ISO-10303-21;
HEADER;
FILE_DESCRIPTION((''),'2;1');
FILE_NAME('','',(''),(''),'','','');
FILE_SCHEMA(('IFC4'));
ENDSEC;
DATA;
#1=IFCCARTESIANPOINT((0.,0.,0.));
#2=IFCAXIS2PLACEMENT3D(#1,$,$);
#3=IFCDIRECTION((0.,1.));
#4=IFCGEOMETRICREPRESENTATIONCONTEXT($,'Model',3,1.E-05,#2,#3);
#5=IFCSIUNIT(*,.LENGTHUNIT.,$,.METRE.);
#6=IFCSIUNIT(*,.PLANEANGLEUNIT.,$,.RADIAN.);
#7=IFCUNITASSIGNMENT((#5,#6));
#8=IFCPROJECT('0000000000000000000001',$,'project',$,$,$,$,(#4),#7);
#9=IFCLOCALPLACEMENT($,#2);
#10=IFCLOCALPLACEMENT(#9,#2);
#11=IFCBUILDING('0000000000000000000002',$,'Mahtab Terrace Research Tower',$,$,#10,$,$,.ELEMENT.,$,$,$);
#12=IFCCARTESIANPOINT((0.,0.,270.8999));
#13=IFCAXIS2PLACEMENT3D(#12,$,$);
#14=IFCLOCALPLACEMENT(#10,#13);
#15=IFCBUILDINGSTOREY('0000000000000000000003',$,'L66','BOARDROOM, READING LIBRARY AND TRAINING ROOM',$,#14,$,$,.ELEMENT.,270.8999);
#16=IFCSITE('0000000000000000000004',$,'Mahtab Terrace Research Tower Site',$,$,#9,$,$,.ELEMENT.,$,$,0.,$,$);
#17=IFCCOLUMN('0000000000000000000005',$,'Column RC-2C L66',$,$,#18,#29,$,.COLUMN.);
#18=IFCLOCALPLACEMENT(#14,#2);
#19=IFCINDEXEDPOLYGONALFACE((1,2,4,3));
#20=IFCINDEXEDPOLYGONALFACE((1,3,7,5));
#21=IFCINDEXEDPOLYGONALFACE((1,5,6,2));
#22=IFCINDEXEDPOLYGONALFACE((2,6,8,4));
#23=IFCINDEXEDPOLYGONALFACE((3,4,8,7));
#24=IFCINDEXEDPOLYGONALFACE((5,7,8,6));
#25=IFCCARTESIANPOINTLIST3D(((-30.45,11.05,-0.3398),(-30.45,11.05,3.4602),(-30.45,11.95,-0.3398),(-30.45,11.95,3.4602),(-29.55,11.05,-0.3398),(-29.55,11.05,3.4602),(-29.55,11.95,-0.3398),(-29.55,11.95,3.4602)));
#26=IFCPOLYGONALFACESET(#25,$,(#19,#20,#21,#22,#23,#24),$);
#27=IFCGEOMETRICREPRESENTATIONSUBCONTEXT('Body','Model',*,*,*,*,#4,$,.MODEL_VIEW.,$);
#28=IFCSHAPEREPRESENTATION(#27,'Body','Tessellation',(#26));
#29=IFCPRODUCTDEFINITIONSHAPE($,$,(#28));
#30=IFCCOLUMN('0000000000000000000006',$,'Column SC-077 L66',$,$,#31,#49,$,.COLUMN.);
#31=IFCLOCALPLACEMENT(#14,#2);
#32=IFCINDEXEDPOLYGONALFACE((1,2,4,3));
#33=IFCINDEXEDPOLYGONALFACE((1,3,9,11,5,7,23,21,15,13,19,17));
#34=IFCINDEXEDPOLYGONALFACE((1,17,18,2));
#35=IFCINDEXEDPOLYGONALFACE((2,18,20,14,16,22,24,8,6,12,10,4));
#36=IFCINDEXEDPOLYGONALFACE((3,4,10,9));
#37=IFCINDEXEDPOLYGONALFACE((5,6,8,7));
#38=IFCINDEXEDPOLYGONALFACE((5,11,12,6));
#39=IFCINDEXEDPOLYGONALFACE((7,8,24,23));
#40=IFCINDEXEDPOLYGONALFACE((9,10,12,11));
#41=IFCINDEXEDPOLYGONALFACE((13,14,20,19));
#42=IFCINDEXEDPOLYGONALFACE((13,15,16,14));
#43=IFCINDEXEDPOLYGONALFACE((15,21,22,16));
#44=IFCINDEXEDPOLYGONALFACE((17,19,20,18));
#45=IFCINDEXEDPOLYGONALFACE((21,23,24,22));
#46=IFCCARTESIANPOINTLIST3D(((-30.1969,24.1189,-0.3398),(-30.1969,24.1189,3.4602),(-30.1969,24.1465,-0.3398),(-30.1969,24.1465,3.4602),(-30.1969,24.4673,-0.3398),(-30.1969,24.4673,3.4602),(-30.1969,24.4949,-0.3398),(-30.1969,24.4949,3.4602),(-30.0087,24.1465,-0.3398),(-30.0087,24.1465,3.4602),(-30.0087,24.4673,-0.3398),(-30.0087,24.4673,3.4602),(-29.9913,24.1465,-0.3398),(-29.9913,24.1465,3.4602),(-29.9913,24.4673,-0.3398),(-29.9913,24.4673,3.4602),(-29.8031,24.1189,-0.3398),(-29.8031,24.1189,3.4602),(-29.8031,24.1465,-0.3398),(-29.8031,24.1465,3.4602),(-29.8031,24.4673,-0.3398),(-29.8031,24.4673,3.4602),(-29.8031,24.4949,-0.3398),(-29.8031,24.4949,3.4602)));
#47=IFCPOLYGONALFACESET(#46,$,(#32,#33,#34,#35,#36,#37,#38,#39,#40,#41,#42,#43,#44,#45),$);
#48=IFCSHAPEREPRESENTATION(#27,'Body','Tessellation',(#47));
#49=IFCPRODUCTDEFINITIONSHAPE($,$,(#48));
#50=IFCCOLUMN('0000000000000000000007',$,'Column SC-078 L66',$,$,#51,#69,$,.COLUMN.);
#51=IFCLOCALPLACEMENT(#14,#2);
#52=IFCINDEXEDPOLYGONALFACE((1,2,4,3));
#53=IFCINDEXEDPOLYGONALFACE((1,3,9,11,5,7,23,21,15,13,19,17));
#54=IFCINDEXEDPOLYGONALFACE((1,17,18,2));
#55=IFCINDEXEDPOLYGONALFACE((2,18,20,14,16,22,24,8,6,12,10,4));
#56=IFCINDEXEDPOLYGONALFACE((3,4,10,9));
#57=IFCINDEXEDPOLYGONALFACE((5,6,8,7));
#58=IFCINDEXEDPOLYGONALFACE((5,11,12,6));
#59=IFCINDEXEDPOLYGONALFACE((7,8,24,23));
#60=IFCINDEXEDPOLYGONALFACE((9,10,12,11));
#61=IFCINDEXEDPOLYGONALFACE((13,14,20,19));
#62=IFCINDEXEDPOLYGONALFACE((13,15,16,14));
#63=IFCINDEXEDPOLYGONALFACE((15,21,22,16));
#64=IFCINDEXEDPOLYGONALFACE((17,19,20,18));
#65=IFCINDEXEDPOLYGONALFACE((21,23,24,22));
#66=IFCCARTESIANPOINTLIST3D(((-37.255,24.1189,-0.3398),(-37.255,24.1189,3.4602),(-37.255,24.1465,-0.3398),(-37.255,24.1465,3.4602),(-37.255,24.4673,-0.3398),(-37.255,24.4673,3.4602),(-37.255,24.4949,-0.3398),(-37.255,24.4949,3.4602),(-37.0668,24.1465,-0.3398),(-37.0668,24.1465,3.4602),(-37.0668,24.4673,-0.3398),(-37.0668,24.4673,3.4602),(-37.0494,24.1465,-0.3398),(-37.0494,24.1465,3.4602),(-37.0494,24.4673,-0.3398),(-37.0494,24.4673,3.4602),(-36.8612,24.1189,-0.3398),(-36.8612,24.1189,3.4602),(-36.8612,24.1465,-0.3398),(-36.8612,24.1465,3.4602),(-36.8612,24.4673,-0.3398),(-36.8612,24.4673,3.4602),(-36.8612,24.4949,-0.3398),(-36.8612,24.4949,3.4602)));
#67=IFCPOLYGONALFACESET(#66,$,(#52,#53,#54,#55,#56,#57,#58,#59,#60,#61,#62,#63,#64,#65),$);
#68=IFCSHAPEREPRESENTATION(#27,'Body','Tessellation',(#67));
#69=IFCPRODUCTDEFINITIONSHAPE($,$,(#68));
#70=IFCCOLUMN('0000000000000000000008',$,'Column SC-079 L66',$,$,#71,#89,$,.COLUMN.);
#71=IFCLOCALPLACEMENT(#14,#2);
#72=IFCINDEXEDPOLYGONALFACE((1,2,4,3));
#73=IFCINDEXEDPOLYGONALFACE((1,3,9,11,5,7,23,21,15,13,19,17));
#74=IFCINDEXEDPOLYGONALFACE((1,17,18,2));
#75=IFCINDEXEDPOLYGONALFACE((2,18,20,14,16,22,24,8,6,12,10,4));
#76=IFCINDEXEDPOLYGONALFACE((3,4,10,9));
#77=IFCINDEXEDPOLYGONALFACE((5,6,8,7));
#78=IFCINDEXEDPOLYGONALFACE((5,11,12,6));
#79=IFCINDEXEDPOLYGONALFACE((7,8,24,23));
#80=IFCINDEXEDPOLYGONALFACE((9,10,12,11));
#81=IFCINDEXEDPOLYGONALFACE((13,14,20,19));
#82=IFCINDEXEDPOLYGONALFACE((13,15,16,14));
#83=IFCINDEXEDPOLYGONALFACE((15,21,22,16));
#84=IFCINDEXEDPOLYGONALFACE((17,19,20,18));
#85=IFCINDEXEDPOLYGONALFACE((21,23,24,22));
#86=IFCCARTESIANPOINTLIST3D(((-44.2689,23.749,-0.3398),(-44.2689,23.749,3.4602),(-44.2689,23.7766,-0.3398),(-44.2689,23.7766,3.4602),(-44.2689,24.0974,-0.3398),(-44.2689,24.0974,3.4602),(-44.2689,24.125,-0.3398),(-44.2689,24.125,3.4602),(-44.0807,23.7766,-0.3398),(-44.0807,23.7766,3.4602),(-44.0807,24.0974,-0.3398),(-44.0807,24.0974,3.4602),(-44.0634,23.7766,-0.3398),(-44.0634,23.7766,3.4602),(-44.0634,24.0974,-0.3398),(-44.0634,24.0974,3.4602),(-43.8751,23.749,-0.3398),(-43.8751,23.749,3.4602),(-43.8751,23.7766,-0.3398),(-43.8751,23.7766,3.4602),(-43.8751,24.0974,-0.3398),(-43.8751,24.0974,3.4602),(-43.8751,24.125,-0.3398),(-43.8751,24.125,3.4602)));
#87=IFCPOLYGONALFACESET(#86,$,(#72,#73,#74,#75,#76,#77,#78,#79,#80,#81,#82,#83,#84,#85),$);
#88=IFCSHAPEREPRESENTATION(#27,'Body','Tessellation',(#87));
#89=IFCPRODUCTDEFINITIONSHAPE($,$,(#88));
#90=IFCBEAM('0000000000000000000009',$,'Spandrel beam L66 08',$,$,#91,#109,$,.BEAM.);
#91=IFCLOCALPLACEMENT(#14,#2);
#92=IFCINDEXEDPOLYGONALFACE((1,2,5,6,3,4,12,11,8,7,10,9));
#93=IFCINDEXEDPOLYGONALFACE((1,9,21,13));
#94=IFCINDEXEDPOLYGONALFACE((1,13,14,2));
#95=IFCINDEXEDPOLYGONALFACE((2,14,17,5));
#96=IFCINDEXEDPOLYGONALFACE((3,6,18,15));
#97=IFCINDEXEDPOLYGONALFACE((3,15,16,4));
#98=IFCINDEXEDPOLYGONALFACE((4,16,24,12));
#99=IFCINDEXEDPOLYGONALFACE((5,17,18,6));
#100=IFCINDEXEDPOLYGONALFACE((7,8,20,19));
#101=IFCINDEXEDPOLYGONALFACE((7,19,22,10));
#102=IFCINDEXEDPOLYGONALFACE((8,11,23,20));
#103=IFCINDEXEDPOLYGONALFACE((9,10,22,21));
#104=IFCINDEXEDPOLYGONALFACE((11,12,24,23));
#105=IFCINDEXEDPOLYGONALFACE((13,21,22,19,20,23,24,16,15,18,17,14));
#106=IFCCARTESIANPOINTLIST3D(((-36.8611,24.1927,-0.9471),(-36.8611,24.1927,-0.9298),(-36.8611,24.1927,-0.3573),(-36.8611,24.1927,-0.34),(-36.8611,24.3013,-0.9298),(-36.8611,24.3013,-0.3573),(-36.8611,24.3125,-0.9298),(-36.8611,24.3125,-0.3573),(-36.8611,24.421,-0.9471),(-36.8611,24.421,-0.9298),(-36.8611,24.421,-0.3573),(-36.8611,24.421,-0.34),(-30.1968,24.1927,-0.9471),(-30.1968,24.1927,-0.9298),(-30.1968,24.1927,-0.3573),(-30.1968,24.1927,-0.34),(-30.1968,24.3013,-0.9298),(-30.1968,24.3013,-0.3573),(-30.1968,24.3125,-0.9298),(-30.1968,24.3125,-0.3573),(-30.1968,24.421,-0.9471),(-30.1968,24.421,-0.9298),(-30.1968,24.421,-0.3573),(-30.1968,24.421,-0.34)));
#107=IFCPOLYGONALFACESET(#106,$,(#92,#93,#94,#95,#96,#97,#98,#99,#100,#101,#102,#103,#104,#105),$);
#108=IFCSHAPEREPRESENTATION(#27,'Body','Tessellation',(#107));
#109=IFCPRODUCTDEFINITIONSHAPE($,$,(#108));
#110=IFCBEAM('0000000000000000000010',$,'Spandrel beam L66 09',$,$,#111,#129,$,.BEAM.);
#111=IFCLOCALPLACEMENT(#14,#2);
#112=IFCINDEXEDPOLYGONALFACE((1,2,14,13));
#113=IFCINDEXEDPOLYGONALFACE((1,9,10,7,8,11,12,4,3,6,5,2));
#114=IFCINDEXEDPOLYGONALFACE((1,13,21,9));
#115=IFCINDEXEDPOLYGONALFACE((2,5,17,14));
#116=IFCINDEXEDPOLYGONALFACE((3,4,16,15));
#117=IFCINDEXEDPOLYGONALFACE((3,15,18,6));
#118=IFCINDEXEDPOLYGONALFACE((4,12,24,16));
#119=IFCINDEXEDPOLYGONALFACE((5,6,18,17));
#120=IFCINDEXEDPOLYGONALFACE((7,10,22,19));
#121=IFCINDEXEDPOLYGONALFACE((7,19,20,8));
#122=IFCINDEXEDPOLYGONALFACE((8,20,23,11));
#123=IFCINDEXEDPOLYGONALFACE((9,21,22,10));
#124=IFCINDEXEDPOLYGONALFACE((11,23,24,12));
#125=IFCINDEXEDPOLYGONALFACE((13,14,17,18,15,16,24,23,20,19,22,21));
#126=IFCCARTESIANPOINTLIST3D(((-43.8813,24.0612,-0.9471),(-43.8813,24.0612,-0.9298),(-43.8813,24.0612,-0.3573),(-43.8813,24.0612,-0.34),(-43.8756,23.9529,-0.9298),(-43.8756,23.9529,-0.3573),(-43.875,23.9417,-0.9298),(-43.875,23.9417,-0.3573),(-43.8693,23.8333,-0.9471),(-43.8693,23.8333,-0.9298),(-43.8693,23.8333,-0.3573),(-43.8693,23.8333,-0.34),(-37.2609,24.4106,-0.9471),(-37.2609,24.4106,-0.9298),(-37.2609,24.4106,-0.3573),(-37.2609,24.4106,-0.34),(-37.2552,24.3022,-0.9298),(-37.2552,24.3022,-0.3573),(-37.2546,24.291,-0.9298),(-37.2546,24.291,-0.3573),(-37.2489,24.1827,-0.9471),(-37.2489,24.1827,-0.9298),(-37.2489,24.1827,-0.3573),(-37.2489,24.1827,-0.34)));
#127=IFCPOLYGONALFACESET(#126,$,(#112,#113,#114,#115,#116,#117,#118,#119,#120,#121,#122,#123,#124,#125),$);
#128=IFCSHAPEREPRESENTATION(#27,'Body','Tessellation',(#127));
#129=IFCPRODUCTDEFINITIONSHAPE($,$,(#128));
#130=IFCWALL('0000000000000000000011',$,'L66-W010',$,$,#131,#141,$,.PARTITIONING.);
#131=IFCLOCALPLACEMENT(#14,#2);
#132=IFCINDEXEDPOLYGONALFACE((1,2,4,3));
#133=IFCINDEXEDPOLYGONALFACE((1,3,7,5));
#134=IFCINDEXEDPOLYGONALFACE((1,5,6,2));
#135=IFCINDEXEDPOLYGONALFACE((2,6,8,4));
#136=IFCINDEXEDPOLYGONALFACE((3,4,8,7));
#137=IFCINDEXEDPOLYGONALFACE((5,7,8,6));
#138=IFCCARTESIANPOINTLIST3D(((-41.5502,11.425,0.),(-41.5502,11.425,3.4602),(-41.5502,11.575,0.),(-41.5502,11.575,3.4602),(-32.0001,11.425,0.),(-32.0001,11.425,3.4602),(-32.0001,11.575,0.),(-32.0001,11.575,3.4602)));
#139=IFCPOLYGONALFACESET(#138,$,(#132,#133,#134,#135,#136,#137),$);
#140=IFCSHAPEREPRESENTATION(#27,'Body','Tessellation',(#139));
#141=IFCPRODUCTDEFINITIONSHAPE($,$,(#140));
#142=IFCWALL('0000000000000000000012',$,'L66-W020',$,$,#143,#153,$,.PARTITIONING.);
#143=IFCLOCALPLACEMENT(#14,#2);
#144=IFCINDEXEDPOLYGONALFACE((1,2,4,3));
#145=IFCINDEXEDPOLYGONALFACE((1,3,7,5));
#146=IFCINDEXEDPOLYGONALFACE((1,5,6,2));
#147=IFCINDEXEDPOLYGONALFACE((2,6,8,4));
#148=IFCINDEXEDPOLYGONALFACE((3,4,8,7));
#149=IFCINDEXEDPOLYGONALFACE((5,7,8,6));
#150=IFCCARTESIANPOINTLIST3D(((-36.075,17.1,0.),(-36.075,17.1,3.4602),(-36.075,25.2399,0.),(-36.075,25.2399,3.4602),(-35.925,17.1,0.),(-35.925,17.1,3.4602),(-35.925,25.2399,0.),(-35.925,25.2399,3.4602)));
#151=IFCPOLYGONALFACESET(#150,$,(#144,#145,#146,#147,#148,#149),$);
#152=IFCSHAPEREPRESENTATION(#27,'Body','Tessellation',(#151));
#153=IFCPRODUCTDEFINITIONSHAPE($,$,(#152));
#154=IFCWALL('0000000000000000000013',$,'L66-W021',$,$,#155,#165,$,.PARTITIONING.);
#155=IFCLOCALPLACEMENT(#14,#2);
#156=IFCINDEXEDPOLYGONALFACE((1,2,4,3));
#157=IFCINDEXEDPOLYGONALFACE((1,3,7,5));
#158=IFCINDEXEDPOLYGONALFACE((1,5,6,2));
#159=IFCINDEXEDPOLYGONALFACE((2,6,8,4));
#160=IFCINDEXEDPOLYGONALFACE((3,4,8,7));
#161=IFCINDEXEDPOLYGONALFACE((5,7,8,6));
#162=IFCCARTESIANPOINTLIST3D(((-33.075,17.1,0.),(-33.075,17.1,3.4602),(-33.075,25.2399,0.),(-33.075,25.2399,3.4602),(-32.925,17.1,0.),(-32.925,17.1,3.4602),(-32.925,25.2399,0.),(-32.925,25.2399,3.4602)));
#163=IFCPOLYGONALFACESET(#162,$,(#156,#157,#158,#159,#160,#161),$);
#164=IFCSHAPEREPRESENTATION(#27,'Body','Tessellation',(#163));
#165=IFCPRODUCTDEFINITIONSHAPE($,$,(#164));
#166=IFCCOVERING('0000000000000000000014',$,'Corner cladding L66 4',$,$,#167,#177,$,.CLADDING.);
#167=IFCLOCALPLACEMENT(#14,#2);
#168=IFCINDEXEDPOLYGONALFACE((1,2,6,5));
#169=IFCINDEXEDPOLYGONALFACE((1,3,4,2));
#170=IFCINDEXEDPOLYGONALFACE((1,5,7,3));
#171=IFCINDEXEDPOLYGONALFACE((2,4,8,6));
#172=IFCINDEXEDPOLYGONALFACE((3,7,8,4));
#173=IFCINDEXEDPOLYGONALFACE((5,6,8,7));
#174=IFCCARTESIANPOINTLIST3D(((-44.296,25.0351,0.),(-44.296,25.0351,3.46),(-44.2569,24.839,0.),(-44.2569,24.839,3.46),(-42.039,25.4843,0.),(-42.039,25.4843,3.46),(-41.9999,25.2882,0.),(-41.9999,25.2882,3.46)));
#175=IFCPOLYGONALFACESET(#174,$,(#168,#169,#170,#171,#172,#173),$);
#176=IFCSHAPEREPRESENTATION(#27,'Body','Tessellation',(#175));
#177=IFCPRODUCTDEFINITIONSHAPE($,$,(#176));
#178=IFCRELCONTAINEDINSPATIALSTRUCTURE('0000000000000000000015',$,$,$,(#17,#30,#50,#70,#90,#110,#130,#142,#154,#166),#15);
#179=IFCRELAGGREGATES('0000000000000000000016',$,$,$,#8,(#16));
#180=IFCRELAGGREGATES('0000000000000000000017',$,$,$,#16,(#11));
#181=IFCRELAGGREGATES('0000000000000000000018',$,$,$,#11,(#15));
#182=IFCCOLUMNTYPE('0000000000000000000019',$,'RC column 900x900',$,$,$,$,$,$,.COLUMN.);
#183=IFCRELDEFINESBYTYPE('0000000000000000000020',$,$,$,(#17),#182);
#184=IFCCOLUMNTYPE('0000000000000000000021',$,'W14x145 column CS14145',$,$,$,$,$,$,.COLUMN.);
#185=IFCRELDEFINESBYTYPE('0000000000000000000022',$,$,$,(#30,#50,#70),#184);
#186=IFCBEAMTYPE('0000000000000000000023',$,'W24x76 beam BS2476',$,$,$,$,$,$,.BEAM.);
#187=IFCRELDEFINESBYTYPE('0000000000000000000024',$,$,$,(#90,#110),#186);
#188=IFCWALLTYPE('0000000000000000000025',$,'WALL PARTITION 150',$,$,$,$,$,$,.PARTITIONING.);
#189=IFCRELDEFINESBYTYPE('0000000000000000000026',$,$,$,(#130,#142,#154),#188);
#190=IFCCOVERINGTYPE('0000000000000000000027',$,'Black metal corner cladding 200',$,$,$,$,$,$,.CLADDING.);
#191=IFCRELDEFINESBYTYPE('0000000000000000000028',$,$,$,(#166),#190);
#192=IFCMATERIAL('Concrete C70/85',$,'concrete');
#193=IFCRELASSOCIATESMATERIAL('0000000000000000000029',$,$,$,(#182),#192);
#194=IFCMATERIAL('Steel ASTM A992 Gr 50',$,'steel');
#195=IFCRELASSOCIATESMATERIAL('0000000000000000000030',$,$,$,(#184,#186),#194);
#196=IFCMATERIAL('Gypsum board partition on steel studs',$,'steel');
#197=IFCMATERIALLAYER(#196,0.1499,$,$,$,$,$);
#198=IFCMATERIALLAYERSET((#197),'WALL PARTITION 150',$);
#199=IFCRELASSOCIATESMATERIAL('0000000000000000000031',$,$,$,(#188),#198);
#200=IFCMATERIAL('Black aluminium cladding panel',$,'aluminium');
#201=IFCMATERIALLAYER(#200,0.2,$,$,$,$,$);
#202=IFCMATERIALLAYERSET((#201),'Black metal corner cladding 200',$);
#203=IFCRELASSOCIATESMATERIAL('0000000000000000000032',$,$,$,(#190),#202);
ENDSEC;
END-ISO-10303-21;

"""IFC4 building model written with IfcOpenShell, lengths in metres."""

from ifc_helpers import new_model, si_unit, direction, frame, frame_2d, origin, origin_2d, place, context, subcontext, project, spatial, rectangle, i_section, extrude, material, layer, layer_set, material_profile, profile_set, type_object, element, save


model = new_model("IFC4")

# Units and contexts
model_context = context("Model", 3, precision=1e-05, world=origin(), true_north=direction((0.0, 1.0)))
body_context = subcontext(model_context, "Body", "Model", "MODEL_VIEW")
ifc_project = project(units=[si_unit("LENGTHUNIT", "METRE"), si_unit("PLANEANGLEUNIT", "RADIAN")], contexts=[model_context])

# Site, building, storey
site_placement = place(None, origin())
site = spatial("IfcSite", under=ifc_project, at=site_placement, Name="Mahtab Terrace Research Tower Site", CompositionType="ELEMENT", RefElevation=0.0)
building_placement = place(site_placement, origin())
building = spatial("IfcBuilding", under=site, at=building_placement, Name="Mahtab Terrace Research Tower", CompositionType="ELEMENT")
storey_placement = place(building_placement, frame((0.0, 0.0, 270.8999)))
storey = spatial("IfcBuildingStorey", under=building, at=storey_placement, Name="L66", Description="BOARDROOM, READING LIBRARY AND TRAINING ROOM", CompositionType="ELEMENT", Elevation=270.8999)

# Columns
ifc_material_1 = material(Name="Concrete C70/85", Category="concrete")
ifc_material_profile_1 = material_profile(ifc_material_1, rectangle(XDim=0.8999, YDim=0.8999, at=origin_2d()), Name="RC column 900x900")
ifc_profile_set_1 = profile_set([ifc_material_profile_1], Name="Concrete C70/85")
column_type_1 = type_object("IfcColumnType", Name="RC column 900x900", PredefinedType="COLUMN", material=ifc_profile_set_1)
column_placement = place(storey_placement, frame((-30.0, 11.5, -0.3398), z_axis=(0.0, 0.0, 1.0), x_axis=(1.0, 0.0, 0.0)))
element("IfcColumn", 1, at=column_placement, inside=storey, type_object=column_type_1, Name="Column RC-2C L66", PredefinedType="COLUMN", context=body_context, shape_type="SweptSolid", body=[
    extrude(rectangle(XDim=0.8999, YDim=0.8999, at=origin_2d()), origin(), (0.0, 0.0, 1.0), 3.8),
])
ifc_material_2 = material(Name="Steel ASTM A992 Gr 50", Category="steel")
ifc_material_profile_2 = material_profile(ifc_material_2, i_section(OverallWidth=0.3938, OverallDepth=0.376, WebThickness=0.0173, FlangeThickness=0.0276, at=origin_2d()), Name="W14X145")
ifc_profile_set_2 = profile_set([ifc_material_profile_2], Name="Steel ASTM A992 Gr 50")
column_type_2 = type_object("IfcColumnType", Name="W14x145 column CS14145", PredefinedType="COLUMN", material=ifc_profile_set_2)
for number, where, z_axis, x_axis, name in (
    (2, (-30.0, 24.3069, -0.3398), (0.0, 0.0, 1.0), (1.0, 0.0, 0.0), "Column SC-077 L66"),
    (3, (-37.0581, 24.3069, -0.3398), (0.0, 0.0, 1.0), (1.0, 0.0, 0.0), "Column SC-078 L66"),
    (4, (-44.072, 23.937, -0.3398), (0.0, 0.0, 1.0), (1.0, 0.0, 0.0), "Column SC-079 L66"),
):
    element("IfcColumn", number, at=place(storey_placement, frame(where, z_axis=z_axis, x_axis=x_axis)), inside=storey, type_object=column_type_2, Name=name, PredefinedType="COLUMN", context=body_context, shape_type="SweptSolid", body=[
        extrude(i_section(OverallWidth=0.3938, OverallDepth=0.376, WebThickness=0.0173, FlangeThickness=0.0276, at=origin_2d()), origin(), (0.0, 0.0, 1.0), 3.8),
    ])

# Beams
ifc_material_profile_3 = material_profile(ifc_material_2, i_section(OverallWidth=0.2283, OverallDepth=0.6072, WebThickness=0.0112, FlangeThickness=0.0173, at=origin_2d()), Name="W24X76")
ifc_profile_set_3 = profile_set([ifc_material_profile_3], Name="Steel ASTM A992 Gr 50")
beam_type = type_object("IfcBeamType", Name="W24x76 beam BS2476", PredefinedType="BEAM", material=ifc_profile_set_3)
beam_1_placement = place(storey_placement, frame((-30.1968, 24.3069, -0.6436), z_axis=(-1.0, 0.0, 0.0), x_axis=(0.0, -1.0, 0.0)))
element("IfcBeam", 5, at=beam_1_placement, inside=storey, type_object=beam_type, Name="Spandrel beam L66 08", PredefinedType="BEAM", context=body_context, shape_type="SweptSolid", body=[
    extrude(i_section(OverallWidth=0.2283, OverallDepth=0.6072, WebThickness=0.0112, FlangeThickness=0.0173, at=origin_2d()), origin(), (0.0, 0.0, 1.0), 6.6643),
])
beam_2_placement = place(storey_placement, frame((-37.2549, 24.2966, -0.6436), z_axis=(-0.99861, -0.052698, 0.0), x_axis=(0.052698, -0.99861, 0.0)))
element("IfcBeam", 6, at=beam_2_placement, inside=storey, type_object=beam_type, Name="Spandrel beam L66 09", PredefinedType="BEAM", context=body_context, shape_type="SweptSolid", body=[
    extrude(i_section(OverallWidth=0.2283, OverallDepth=0.6072, WebThickness=0.0112, FlangeThickness=0.0173, at=origin_2d()), origin(), (0.0, 0.0, 1.0), 6.6296),
])

# Walls
ifc_material_3 = material(Name="Gypsum board partition on steel studs", Category="steel")
ifc_layer_1 = layer(ifc_material_3, 0.1499)
ifc_layer_set_1 = layer_set([ifc_layer_1], Name="WALL PARTITION 150")
wall_type = type_object("IfcWallType", Name="WALL PARTITION 150", PredefinedType="PARTITIONING", material=ifc_layer_set_1)
wall_placement = place(storey_placement, frame((-41.55, 11.5, 0.0), z_axis=(0.0, 0.0, 1.0), x_axis=(1.0, 0.0, 0.0)))
element("IfcWall", 7, at=wall_placement, inside=storey, type_object=wall_type, Name="L66-W010", PredefinedType="PARTITIONING", context=body_context, shape_type="SweptSolid", body=[
    extrude(rectangle(XDim=9.55, YDim=0.1499, at=frame_2d((4.7749, 0.0))), origin(), (0.0, 0.0, 1.0), 3.4602),
])
for number, where, z_axis, x_axis, name in (
    (8, (-36.0, 17.1001, 0.0), (0.0, 0.0, 1.0), (0.0, 1.0, 0.0), "L66-W020"),
    (9, (-33.0, 17.1001, 0.0), (0.0, 0.0, 1.0), (0.0, 1.0, 0.0), "L66-W021"),
):
    element("IfcWall", number, at=place(storey_placement, frame(where, z_axis=z_axis, x_axis=x_axis)), inside=storey, type_object=wall_type, Name=name, PredefinedType="PARTITIONING", context=body_context, shape_type="SweptSolid", body=[
        extrude(rectangle(XDim=8.1399, YDim=0.1499, at=frame_2d((4.0698, 0.0))), origin(), (0.0, 0.0, 1.0), 3.4602),
    ])

# Covering
ifc_material_4 = material(Name="Black aluminium cladding panel", Category="aluminium")
ifc_layer_2 = layer(ifc_material_4, 0.2)
ifc_layer_set_2 = layer_set([ifc_layer_2], Name="Black metal corner cladding 200")
covering_type = type_object("IfcCoveringType", Name="Black metal corner cladding 200", PredefinedType="CLADDING", material=ifc_layer_set_2)
covering_placement = place(storey_placement, frame((-43.1479, 25.1616, 0.0), z_axis=(0.0, 0.0, 1.0), x_axis=(-0.980761, -0.195212, 0.0)))
element("IfcCovering", 10, at=covering_placement, inside=storey, type_object=covering_type, Name="Corner cladding L66 4", PredefinedType="CLADDING", context=body_context, shape_type="SweptSolid", body=[
    extrude(rectangle(XDim=2.3013, YDim=0.2, at=origin_2d()), origin(), (0.0, 0.0, 1.0), 3.46),
])

save(model, "model.ifc")
